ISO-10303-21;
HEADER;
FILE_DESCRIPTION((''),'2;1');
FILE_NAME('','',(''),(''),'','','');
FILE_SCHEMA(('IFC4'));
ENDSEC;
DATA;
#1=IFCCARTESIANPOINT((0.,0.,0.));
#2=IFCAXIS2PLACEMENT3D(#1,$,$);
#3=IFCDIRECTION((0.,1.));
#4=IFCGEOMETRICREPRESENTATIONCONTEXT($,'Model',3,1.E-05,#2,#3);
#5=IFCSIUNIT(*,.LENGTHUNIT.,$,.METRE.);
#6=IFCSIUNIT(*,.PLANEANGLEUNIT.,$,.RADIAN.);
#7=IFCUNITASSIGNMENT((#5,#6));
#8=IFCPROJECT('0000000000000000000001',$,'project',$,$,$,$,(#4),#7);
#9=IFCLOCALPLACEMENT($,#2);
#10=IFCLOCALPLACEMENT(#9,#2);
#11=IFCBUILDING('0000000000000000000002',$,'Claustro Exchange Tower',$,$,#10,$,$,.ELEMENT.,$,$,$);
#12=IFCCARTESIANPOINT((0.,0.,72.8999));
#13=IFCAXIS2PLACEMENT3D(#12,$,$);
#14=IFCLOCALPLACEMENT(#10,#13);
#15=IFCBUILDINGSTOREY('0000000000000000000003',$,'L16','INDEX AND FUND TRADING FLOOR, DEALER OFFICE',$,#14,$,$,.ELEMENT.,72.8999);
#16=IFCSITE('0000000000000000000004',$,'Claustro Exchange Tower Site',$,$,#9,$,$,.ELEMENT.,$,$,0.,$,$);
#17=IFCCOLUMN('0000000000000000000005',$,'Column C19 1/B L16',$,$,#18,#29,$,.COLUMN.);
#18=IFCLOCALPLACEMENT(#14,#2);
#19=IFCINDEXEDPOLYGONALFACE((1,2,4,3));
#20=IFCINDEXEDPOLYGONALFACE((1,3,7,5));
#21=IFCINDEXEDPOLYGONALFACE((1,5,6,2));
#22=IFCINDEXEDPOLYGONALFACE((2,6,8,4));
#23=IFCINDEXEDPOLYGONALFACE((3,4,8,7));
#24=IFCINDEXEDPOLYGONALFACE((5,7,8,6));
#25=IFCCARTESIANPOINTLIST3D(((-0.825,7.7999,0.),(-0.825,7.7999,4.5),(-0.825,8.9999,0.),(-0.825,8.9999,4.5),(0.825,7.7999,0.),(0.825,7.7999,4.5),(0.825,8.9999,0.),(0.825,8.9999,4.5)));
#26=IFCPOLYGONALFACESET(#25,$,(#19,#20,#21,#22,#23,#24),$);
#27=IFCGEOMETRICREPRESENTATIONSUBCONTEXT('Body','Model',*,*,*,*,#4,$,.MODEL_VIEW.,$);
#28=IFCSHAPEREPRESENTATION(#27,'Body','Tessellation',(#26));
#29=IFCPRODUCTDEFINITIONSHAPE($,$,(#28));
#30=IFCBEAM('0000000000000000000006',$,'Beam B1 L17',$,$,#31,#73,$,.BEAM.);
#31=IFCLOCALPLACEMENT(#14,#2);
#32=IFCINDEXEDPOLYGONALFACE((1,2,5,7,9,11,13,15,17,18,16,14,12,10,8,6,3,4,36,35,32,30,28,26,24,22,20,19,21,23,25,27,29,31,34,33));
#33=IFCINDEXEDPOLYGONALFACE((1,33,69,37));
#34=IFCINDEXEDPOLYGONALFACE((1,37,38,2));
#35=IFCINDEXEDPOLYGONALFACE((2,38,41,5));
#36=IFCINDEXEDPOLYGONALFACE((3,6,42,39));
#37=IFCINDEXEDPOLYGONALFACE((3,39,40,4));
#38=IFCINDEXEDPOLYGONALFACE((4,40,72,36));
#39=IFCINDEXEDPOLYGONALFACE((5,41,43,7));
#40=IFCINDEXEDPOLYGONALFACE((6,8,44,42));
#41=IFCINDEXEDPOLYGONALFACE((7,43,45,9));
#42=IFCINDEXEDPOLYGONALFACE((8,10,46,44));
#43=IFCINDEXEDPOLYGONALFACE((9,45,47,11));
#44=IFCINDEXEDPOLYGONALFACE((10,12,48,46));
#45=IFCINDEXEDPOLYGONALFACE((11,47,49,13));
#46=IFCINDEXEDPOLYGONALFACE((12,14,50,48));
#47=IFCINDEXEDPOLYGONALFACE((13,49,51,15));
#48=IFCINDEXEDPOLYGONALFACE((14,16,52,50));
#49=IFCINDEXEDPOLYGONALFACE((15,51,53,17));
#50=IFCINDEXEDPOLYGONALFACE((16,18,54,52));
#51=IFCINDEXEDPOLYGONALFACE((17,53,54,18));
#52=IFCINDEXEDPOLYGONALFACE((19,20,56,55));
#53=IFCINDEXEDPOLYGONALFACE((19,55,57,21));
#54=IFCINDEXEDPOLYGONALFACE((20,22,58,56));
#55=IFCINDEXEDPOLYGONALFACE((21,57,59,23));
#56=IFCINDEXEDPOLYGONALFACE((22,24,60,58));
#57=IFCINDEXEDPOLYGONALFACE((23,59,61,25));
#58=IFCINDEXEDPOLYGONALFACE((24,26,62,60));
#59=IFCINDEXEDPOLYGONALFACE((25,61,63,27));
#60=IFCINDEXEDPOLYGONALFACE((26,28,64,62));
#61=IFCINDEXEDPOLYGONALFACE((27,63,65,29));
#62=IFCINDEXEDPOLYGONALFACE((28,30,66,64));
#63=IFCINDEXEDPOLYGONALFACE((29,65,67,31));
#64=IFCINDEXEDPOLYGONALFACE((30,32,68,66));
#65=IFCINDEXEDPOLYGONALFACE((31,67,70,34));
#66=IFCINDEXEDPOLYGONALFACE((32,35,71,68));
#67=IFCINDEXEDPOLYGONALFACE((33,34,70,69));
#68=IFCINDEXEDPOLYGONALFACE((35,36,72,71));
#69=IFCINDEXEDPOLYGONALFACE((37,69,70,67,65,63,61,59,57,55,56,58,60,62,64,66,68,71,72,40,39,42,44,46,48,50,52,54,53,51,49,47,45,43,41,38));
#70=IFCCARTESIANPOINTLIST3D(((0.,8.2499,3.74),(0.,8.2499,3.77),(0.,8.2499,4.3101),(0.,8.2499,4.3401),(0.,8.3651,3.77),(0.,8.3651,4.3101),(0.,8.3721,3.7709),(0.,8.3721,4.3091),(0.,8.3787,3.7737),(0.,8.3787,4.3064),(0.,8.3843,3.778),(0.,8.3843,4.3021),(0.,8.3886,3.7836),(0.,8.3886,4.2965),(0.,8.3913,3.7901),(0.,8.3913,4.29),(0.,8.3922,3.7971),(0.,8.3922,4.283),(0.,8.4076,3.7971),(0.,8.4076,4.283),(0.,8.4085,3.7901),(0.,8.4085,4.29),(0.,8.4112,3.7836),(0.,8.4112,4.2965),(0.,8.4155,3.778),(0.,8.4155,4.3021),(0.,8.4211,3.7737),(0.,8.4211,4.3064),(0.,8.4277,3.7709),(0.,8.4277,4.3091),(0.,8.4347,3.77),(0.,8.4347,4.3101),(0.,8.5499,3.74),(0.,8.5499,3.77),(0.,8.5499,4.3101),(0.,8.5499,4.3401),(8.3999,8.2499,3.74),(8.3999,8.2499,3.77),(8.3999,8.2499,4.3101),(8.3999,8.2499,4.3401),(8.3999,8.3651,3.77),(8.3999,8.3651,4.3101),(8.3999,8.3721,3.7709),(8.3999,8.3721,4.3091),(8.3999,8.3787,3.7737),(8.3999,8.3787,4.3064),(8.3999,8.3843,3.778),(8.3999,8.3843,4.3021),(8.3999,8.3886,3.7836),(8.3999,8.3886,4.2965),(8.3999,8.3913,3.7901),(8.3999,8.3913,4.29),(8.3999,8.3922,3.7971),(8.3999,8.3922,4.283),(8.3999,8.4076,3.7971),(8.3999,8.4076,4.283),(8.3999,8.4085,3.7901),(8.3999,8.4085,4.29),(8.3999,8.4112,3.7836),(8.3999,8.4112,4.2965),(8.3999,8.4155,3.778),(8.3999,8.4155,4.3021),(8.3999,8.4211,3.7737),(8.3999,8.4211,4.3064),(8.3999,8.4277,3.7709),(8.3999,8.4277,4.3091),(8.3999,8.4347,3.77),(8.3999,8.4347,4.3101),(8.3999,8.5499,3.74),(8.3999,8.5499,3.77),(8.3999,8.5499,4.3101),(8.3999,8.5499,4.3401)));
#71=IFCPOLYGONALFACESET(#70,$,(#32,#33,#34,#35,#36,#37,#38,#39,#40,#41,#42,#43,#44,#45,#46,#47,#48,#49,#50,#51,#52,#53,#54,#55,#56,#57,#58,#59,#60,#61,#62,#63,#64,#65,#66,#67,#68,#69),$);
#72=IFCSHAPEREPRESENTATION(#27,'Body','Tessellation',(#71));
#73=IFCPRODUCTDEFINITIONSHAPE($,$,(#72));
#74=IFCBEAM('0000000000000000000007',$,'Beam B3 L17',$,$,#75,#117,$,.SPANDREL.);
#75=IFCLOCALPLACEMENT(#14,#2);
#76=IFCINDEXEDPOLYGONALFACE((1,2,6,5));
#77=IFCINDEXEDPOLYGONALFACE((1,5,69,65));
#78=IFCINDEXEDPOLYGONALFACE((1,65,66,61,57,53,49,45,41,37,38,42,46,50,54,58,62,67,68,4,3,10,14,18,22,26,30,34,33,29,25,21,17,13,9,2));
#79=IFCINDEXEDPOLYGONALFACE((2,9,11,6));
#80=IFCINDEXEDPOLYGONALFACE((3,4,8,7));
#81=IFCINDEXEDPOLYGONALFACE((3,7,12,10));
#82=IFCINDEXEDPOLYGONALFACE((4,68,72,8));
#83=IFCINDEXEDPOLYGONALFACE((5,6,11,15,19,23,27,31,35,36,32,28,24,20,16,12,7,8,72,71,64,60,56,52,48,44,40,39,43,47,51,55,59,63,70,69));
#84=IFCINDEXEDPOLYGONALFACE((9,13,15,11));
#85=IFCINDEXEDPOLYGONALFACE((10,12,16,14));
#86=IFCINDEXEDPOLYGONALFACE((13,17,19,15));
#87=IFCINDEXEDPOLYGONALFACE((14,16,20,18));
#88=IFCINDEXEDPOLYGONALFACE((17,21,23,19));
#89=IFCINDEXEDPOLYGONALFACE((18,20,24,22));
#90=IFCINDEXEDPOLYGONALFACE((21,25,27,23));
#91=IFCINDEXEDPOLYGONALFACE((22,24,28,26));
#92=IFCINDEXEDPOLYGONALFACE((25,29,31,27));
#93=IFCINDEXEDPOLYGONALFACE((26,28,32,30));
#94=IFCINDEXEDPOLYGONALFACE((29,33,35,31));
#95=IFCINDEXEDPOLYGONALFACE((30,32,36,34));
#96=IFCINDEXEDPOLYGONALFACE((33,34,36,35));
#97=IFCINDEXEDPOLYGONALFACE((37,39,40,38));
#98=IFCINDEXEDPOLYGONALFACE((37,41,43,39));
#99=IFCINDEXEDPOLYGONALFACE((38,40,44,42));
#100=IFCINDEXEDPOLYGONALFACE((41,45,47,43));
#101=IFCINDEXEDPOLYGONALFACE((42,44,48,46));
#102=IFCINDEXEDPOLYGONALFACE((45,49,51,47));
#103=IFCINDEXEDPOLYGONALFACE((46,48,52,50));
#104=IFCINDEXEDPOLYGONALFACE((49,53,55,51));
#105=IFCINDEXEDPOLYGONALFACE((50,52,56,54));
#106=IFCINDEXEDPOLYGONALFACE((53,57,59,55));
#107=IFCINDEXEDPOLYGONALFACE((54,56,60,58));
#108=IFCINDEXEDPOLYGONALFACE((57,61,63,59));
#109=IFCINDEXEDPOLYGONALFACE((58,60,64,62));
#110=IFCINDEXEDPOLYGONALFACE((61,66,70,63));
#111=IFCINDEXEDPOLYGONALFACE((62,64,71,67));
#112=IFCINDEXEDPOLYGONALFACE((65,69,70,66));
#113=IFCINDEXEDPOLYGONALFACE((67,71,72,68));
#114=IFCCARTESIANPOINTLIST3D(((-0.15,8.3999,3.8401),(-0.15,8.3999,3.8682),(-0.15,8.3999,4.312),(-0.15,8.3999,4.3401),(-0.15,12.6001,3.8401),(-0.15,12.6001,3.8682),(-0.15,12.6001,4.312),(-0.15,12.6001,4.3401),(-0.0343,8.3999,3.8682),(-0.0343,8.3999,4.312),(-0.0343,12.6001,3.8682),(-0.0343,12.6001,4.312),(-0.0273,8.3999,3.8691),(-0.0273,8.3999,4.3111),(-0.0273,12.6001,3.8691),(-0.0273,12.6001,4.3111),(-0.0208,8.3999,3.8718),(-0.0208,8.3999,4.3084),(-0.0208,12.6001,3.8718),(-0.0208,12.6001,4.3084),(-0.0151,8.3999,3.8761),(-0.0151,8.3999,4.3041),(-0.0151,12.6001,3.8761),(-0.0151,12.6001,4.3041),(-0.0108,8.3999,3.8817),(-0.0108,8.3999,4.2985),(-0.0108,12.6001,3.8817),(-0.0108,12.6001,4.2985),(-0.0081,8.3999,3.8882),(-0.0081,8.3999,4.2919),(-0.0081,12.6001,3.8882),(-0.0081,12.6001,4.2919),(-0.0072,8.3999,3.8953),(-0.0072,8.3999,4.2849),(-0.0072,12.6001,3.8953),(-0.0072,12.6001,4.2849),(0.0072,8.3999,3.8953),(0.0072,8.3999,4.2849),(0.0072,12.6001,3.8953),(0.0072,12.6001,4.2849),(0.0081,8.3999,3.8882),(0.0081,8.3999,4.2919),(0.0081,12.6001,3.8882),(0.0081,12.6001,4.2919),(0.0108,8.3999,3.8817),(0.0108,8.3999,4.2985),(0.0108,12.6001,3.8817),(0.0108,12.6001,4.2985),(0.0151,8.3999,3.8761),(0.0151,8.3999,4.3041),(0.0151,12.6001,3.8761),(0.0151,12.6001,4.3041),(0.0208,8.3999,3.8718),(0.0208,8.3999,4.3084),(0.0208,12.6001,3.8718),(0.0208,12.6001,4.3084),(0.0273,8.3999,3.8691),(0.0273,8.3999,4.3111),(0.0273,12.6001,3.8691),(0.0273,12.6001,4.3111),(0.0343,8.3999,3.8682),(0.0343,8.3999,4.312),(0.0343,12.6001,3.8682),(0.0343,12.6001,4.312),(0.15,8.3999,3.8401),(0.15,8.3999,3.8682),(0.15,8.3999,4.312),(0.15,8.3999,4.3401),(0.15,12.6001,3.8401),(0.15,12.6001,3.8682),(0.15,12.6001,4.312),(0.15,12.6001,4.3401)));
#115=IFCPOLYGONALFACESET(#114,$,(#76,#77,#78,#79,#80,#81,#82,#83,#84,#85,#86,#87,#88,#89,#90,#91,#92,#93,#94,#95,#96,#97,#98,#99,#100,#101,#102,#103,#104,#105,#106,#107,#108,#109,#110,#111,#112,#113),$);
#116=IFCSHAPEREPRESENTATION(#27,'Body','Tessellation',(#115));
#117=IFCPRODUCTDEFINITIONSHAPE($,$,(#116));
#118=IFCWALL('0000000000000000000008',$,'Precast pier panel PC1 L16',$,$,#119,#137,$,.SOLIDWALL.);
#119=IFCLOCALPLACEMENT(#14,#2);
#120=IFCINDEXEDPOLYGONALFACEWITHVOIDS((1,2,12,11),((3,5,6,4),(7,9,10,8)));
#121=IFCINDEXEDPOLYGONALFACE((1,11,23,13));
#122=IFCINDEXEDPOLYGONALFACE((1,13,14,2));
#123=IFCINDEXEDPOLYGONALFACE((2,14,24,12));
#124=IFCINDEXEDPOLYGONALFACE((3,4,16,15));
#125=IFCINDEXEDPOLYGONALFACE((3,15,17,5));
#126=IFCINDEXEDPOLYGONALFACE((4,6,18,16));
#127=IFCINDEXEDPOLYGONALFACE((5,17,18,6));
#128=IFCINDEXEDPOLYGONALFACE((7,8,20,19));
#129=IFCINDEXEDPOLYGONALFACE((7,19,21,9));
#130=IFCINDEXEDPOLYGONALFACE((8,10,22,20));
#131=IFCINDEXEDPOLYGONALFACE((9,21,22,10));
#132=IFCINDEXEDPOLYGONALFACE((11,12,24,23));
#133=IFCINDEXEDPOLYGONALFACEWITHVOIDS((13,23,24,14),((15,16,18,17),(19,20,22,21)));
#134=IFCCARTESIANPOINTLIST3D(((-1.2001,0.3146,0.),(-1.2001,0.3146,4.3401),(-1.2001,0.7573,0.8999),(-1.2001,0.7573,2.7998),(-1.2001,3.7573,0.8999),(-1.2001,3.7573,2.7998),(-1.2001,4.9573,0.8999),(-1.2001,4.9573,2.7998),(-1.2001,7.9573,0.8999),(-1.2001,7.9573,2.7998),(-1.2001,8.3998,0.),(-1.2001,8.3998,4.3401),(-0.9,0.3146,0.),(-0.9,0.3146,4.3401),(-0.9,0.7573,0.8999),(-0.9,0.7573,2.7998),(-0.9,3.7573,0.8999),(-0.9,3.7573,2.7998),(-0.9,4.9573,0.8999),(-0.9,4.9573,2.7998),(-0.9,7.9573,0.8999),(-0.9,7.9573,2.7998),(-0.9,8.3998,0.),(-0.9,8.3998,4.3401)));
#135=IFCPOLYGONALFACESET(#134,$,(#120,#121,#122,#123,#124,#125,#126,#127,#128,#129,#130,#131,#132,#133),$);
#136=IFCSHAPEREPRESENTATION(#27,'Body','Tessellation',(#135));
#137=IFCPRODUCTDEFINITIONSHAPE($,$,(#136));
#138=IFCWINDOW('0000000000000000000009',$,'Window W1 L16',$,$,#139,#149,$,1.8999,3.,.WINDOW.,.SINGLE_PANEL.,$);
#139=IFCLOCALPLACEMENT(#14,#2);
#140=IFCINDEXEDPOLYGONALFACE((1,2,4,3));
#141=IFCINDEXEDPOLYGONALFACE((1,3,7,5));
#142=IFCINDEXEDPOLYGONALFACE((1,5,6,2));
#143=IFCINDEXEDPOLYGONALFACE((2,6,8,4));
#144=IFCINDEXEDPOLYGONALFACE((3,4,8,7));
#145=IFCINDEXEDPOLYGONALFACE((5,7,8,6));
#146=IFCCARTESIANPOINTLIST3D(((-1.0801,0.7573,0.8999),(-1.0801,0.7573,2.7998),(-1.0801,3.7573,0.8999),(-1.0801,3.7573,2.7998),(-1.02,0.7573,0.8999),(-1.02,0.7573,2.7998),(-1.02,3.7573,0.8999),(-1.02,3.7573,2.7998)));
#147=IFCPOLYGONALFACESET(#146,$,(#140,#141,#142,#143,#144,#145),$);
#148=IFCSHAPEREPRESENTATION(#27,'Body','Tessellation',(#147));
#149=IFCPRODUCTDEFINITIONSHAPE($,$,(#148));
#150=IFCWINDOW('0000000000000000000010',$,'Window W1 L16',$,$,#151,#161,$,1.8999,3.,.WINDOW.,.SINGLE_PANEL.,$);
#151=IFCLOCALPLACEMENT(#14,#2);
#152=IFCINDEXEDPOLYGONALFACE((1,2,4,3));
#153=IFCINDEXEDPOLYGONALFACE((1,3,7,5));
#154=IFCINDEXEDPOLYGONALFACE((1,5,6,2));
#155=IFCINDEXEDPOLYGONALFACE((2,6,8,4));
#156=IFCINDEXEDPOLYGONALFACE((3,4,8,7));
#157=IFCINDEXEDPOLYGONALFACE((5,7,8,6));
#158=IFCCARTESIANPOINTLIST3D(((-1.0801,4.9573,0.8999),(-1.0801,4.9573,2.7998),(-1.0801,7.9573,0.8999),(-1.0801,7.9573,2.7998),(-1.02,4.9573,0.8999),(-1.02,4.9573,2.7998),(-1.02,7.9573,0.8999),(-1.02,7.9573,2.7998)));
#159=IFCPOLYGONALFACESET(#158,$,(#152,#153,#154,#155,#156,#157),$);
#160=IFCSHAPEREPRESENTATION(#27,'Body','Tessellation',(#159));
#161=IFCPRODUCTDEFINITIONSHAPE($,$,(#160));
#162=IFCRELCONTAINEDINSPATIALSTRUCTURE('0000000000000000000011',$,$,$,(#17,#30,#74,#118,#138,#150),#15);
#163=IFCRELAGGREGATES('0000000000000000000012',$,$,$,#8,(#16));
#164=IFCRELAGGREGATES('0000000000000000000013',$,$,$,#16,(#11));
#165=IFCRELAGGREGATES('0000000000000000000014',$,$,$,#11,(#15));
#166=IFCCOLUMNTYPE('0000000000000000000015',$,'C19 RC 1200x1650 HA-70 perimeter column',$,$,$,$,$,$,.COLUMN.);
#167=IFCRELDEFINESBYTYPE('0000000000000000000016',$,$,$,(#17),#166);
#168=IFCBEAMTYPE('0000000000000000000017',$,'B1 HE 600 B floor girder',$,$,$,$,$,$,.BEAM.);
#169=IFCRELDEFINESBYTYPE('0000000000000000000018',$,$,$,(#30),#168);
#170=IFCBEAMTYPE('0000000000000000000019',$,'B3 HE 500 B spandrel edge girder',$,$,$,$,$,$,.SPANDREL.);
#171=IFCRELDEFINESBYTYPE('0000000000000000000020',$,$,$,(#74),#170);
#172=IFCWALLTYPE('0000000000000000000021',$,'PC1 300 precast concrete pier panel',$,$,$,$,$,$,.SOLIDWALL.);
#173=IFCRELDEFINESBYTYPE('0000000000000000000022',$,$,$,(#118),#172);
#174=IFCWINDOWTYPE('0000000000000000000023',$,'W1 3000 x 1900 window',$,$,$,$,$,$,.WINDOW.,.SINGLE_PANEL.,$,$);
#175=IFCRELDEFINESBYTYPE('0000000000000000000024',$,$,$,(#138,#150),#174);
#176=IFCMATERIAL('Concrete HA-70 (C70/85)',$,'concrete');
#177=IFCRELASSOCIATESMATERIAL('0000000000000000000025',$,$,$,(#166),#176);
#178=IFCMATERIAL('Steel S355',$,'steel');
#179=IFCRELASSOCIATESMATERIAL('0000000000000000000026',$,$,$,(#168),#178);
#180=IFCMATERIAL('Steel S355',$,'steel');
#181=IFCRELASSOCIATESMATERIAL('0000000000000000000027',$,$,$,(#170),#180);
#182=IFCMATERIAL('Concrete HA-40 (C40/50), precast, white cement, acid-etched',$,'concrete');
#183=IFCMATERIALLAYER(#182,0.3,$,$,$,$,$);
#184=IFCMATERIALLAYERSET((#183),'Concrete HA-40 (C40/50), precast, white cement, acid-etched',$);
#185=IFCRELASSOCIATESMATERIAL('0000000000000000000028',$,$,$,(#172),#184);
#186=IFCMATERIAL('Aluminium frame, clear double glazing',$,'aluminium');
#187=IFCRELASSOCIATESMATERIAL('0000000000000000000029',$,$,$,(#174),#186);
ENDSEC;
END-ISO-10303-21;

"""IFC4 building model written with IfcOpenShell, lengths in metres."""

from ifc_helpers import new_model, si_unit, direction, frame, frame_2d, origin, origin_2d, place, context, subcontext, project, spatial, rectangle, i_section, extrude, material, layer, layer_set, material_profile, profile_set, type_object, element, fill, save


model = new_model("IFC4")

# Units and contexts
model_context = context("Model", 3, precision=1e-05, world=origin(), true_north=direction((0.0, 1.0)))
body_context = subcontext(model_context, "Body", "Model", "MODEL_VIEW")
ifc_project = project(units=[si_unit("LENGTHUNIT", "METRE"), si_unit("PLANEANGLEUNIT", "RADIAN")], contexts=[model_context])

# Site, building, storey
site_placement = place(None, origin())
site = spatial("IfcSite", under=ifc_project, at=site_placement, Name="Claustro Exchange Tower Site", CompositionType="ELEMENT", RefElevation=0.0)
building_placement = place(site_placement, origin())
building = spatial("IfcBuilding", under=site, at=building_placement, Name="Claustro Exchange Tower", CompositionType="ELEMENT")
storey_placement = place(building_placement, frame((0.0, 0.0, 72.8999)))
storey = spatial("IfcBuildingStorey", under=building, at=storey_placement, Name="L16", Description="INDEX AND FUND TRADING FLOOR, DEALER OFFICE", CompositionType="ELEMENT", Elevation=72.8999)

# Column
ifc_material_1 = material(Name="Concrete HA-70 (C70/85)", Category="concrete")
ifc_material_profile_1 = material_profile(ifc_material_1, rectangle(XDim=1.2, YDim=1.6499, at=origin_2d()), Name="RC 1200x1650")
ifc_profile_set_1 = profile_set([ifc_material_profile_1], Name="Concrete HA-70 (C70/85)")
column_type = type_object("IfcColumnType", Name="C19 RC 1200x1650 HA-70 perimeter column", PredefinedType="COLUMN", material=ifc_profile_set_1)
column_placement = place(storey_placement, frame((0.0, 8.3999, 0.0), z_axis=(0.0, 0.0, 1.0), x_axis=(0.0, 1.0, 0.0)))
element("IfcColumn", 1, at=column_placement, inside=storey, type_object=column_type, Name="Column C19 1/B L16", PredefinedType="COLUMN", context=body_context, shape_type="SweptSolid", body=[
    extrude(rectangle(XDim=1.2, YDim=1.6499, at=origin_2d()), origin(), (0.0, 0.0, 1.0), 4.5),
])

# Beams
ifc_material_2 = material(Name="Steel S355", Category="steel")
ifc_material_profile_2 = material_profile(ifc_material_2, i_section(OverallWidth=0.3, OverallDepth=0.6001, WebThickness=0.0154, FlangeThickness=0.03, FilletRadius=0.0271, at=origin_2d()), Name="HE 600 B")
ifc_profile_set_2 = profile_set([ifc_material_profile_2], Name="Steel S355")
beam_type_1 = type_object("IfcBeamType", Name="B1 HE 600 B floor girder", PredefinedType="BEAM", material=ifc_profile_set_2)
beam_1_placement = place(storey_placement, frame((0.0, 8.3999, 4.04), z_axis=(1.0, 0.0, 0.0), x_axis=(0.0, 1.0, 0.0)))
element("IfcBeam", 2, at=beam_1_placement, inside=storey, type_object=beam_type_1, Name="Beam B1 L17", PredefinedType="BEAM", context=body_context, shape_type="SweptSolid", body=[
    extrude(i_section(OverallWidth=0.3, OverallDepth=0.6001, WebThickness=0.0154, FlangeThickness=0.03, FilletRadius=0.0271, at=origin_2d()), origin(), (0.0, 0.0, 1.0), 8.3999),
])
ifc_material_3 = material(Name="Steel S355", Category="steel")
ifc_material_profile_3 = material_profile(ifc_material_3, i_section(OverallWidth=0.3, OverallDepth=0.5, WebThickness=0.0144, FlangeThickness=0.0281, FilletRadius=0.0271, at=origin_2d()), Name="HE 500 B")
ifc_profile_set_3 = profile_set([ifc_material_profile_3], Name="Steel S355")
beam_type_2 = type_object("IfcBeamType", Name="B3 HE 500 B spandrel edge girder", PredefinedType="SPANDREL", material=ifc_profile_set_3)
beam_2_placement = place(storey_placement, frame((0.0, 8.3999, 4.0901), z_axis=(0.0, 1.0, 0.0), x_axis=(-1.0, 0.0, 0.0)))
element("IfcBeam", 3, at=beam_2_placement, inside=storey, type_object=beam_type_2, Name="Beam B3 L17", PredefinedType="SPANDREL", context=body_context, shape_type="SweptSolid", body=[
    extrude(i_section(OverallWidth=0.3, OverallDepth=0.5, WebThickness=0.0144, FlangeThickness=0.0281, FilletRadius=0.0271, at=origin_2d()), origin(), (0.0, 0.0, 1.0), 4.2002),
])

# Wall, openings, windows
ifc_material_4 = material(Name="Concrete HA-40 (C40/50), precast, white cement, acid-etched", Category="concrete")
ifc_layer_1 = layer(ifc_material_4, 0.3)
ifc_layer_set_1 = layer_set([ifc_layer_1], Name="Concrete HA-40 (C40/50), precast, white cement, acid-etched")
wall_type_1 = type_object("IfcWallType", Name="PC1 300 precast concrete pier panel", PredefinedType="SOLIDWALL", material=ifc_layer_set_1)
wall_1_placement = place(storey_placement, frame((-1.05, 0.3147, 0.0), z_axis=(0.0, 0.0, 1.0), x_axis=(0.0, 1.0, 0.0)))
wall_1 = element("IfcWall", 4, at=wall_1_placement, inside=storey, type_object=wall_type_1, Name="Precast pier panel PC1 L16", PredefinedType="SOLIDWALL", context=body_context, shape_type="SweptSolid", body=[
    extrude(rectangle(XDim=8.0852, YDim=0.3, at=frame_2d((4.0425, 0.0))), origin(), (0.0, 0.0, 1.0), 4.3401),
])
opening_1_placement = place(wall_1_placement, frame((0.4426, 0.0, 0.8999)))
opening_1 = element("IfcOpeningElement", 5, at=opening_1_placement, cuts=wall_1, PredefinedType="OPENING", context=body_context, shape_type="SweptSolid", body=[
    extrude(rectangle(XDim=3.0, YDim=1.8999, at=frame_2d((1.5, 0.95))), frame((0.0, 0.1599, 0.0), z_axis=(0.0, -1.0, 0.0), x_axis=(1.0, 0.0, 0.0)), (0.0, 0.0, 1.0), 0.3201),
])
opening_2_placement = place(wall_1_placement, frame((4.6426, 0.0, 0.8999)))
opening_2 = element("IfcOpeningElement", 6, at=opening_2_placement, cuts=wall_1, PredefinedType="OPENING", context=body_context, shape_type="SweptSolid", body=[
    extrude(rectangle(XDim=3.0, YDim=1.8999, at=frame_2d((1.5, 0.95))), frame((0.0, 0.1599, 0.0), z_axis=(0.0, -1.0, 0.0), x_axis=(1.0, 0.0, 0.0)), (0.0, 0.0, 1.0), 0.3201),
])
ifc_material_5 = material(Name="Aluminium frame, clear double glazing", Category="aluminium")
window_type_1 = type_object("IfcWindowType", Name="W1 3000 x 1900 window", PartitioningType="SINGLE_PANEL", PredefinedType="WINDOW", material=ifc_material_5)
window_1_placement = place(opening_1_placement, origin())
window_1 = element("IfcWindow", 7, at=window_1_placement, inside=storey, type_object=window_type_1, Name="Window W1 L16", OverallHeight=1.8999, OverallWidth=3.0, PartitioningType="SINGLE_PANEL", PredefinedType="WINDOW", context=body_context, shape_type="SweptSolid", body=[
    extrude(rectangle(XDim=3.0, YDim=1.8999, at=frame_2d((1.5, 0.95))), frame((0.0, 0.03, 0.0), z_axis=(0.0, -1.0, 0.0), x_axis=(1.0, 0.0, 0.0)), (0.0, 0.0, 1.0), 0.0601),
])
fill(opening_1, window_1)
window_2_placement = place(opening_2_placement, origin())
window_2 = element("IfcWindow", 8, at=window_2_placement, inside=storey, type_object=window_type_1, Name="Window W1 L16", OverallHeight=1.8999, OverallWidth=3.0, PartitioningType="SINGLE_PANEL", PredefinedType="WINDOW", context=body_context, shape_type="SweptSolid", body=[
    extrude(rectangle(XDim=3.0, YDim=1.8999, at=frame_2d((1.5, 0.95))), frame((0.0, 0.03, 0.0), z_axis=(0.0, -1.0, 0.0), x_axis=(1.0, 0.0, 0.0)), (0.0, 0.0, 1.0), 0.0601),
])
fill(opening_2, window_2)

save(model, "model.ifc")
